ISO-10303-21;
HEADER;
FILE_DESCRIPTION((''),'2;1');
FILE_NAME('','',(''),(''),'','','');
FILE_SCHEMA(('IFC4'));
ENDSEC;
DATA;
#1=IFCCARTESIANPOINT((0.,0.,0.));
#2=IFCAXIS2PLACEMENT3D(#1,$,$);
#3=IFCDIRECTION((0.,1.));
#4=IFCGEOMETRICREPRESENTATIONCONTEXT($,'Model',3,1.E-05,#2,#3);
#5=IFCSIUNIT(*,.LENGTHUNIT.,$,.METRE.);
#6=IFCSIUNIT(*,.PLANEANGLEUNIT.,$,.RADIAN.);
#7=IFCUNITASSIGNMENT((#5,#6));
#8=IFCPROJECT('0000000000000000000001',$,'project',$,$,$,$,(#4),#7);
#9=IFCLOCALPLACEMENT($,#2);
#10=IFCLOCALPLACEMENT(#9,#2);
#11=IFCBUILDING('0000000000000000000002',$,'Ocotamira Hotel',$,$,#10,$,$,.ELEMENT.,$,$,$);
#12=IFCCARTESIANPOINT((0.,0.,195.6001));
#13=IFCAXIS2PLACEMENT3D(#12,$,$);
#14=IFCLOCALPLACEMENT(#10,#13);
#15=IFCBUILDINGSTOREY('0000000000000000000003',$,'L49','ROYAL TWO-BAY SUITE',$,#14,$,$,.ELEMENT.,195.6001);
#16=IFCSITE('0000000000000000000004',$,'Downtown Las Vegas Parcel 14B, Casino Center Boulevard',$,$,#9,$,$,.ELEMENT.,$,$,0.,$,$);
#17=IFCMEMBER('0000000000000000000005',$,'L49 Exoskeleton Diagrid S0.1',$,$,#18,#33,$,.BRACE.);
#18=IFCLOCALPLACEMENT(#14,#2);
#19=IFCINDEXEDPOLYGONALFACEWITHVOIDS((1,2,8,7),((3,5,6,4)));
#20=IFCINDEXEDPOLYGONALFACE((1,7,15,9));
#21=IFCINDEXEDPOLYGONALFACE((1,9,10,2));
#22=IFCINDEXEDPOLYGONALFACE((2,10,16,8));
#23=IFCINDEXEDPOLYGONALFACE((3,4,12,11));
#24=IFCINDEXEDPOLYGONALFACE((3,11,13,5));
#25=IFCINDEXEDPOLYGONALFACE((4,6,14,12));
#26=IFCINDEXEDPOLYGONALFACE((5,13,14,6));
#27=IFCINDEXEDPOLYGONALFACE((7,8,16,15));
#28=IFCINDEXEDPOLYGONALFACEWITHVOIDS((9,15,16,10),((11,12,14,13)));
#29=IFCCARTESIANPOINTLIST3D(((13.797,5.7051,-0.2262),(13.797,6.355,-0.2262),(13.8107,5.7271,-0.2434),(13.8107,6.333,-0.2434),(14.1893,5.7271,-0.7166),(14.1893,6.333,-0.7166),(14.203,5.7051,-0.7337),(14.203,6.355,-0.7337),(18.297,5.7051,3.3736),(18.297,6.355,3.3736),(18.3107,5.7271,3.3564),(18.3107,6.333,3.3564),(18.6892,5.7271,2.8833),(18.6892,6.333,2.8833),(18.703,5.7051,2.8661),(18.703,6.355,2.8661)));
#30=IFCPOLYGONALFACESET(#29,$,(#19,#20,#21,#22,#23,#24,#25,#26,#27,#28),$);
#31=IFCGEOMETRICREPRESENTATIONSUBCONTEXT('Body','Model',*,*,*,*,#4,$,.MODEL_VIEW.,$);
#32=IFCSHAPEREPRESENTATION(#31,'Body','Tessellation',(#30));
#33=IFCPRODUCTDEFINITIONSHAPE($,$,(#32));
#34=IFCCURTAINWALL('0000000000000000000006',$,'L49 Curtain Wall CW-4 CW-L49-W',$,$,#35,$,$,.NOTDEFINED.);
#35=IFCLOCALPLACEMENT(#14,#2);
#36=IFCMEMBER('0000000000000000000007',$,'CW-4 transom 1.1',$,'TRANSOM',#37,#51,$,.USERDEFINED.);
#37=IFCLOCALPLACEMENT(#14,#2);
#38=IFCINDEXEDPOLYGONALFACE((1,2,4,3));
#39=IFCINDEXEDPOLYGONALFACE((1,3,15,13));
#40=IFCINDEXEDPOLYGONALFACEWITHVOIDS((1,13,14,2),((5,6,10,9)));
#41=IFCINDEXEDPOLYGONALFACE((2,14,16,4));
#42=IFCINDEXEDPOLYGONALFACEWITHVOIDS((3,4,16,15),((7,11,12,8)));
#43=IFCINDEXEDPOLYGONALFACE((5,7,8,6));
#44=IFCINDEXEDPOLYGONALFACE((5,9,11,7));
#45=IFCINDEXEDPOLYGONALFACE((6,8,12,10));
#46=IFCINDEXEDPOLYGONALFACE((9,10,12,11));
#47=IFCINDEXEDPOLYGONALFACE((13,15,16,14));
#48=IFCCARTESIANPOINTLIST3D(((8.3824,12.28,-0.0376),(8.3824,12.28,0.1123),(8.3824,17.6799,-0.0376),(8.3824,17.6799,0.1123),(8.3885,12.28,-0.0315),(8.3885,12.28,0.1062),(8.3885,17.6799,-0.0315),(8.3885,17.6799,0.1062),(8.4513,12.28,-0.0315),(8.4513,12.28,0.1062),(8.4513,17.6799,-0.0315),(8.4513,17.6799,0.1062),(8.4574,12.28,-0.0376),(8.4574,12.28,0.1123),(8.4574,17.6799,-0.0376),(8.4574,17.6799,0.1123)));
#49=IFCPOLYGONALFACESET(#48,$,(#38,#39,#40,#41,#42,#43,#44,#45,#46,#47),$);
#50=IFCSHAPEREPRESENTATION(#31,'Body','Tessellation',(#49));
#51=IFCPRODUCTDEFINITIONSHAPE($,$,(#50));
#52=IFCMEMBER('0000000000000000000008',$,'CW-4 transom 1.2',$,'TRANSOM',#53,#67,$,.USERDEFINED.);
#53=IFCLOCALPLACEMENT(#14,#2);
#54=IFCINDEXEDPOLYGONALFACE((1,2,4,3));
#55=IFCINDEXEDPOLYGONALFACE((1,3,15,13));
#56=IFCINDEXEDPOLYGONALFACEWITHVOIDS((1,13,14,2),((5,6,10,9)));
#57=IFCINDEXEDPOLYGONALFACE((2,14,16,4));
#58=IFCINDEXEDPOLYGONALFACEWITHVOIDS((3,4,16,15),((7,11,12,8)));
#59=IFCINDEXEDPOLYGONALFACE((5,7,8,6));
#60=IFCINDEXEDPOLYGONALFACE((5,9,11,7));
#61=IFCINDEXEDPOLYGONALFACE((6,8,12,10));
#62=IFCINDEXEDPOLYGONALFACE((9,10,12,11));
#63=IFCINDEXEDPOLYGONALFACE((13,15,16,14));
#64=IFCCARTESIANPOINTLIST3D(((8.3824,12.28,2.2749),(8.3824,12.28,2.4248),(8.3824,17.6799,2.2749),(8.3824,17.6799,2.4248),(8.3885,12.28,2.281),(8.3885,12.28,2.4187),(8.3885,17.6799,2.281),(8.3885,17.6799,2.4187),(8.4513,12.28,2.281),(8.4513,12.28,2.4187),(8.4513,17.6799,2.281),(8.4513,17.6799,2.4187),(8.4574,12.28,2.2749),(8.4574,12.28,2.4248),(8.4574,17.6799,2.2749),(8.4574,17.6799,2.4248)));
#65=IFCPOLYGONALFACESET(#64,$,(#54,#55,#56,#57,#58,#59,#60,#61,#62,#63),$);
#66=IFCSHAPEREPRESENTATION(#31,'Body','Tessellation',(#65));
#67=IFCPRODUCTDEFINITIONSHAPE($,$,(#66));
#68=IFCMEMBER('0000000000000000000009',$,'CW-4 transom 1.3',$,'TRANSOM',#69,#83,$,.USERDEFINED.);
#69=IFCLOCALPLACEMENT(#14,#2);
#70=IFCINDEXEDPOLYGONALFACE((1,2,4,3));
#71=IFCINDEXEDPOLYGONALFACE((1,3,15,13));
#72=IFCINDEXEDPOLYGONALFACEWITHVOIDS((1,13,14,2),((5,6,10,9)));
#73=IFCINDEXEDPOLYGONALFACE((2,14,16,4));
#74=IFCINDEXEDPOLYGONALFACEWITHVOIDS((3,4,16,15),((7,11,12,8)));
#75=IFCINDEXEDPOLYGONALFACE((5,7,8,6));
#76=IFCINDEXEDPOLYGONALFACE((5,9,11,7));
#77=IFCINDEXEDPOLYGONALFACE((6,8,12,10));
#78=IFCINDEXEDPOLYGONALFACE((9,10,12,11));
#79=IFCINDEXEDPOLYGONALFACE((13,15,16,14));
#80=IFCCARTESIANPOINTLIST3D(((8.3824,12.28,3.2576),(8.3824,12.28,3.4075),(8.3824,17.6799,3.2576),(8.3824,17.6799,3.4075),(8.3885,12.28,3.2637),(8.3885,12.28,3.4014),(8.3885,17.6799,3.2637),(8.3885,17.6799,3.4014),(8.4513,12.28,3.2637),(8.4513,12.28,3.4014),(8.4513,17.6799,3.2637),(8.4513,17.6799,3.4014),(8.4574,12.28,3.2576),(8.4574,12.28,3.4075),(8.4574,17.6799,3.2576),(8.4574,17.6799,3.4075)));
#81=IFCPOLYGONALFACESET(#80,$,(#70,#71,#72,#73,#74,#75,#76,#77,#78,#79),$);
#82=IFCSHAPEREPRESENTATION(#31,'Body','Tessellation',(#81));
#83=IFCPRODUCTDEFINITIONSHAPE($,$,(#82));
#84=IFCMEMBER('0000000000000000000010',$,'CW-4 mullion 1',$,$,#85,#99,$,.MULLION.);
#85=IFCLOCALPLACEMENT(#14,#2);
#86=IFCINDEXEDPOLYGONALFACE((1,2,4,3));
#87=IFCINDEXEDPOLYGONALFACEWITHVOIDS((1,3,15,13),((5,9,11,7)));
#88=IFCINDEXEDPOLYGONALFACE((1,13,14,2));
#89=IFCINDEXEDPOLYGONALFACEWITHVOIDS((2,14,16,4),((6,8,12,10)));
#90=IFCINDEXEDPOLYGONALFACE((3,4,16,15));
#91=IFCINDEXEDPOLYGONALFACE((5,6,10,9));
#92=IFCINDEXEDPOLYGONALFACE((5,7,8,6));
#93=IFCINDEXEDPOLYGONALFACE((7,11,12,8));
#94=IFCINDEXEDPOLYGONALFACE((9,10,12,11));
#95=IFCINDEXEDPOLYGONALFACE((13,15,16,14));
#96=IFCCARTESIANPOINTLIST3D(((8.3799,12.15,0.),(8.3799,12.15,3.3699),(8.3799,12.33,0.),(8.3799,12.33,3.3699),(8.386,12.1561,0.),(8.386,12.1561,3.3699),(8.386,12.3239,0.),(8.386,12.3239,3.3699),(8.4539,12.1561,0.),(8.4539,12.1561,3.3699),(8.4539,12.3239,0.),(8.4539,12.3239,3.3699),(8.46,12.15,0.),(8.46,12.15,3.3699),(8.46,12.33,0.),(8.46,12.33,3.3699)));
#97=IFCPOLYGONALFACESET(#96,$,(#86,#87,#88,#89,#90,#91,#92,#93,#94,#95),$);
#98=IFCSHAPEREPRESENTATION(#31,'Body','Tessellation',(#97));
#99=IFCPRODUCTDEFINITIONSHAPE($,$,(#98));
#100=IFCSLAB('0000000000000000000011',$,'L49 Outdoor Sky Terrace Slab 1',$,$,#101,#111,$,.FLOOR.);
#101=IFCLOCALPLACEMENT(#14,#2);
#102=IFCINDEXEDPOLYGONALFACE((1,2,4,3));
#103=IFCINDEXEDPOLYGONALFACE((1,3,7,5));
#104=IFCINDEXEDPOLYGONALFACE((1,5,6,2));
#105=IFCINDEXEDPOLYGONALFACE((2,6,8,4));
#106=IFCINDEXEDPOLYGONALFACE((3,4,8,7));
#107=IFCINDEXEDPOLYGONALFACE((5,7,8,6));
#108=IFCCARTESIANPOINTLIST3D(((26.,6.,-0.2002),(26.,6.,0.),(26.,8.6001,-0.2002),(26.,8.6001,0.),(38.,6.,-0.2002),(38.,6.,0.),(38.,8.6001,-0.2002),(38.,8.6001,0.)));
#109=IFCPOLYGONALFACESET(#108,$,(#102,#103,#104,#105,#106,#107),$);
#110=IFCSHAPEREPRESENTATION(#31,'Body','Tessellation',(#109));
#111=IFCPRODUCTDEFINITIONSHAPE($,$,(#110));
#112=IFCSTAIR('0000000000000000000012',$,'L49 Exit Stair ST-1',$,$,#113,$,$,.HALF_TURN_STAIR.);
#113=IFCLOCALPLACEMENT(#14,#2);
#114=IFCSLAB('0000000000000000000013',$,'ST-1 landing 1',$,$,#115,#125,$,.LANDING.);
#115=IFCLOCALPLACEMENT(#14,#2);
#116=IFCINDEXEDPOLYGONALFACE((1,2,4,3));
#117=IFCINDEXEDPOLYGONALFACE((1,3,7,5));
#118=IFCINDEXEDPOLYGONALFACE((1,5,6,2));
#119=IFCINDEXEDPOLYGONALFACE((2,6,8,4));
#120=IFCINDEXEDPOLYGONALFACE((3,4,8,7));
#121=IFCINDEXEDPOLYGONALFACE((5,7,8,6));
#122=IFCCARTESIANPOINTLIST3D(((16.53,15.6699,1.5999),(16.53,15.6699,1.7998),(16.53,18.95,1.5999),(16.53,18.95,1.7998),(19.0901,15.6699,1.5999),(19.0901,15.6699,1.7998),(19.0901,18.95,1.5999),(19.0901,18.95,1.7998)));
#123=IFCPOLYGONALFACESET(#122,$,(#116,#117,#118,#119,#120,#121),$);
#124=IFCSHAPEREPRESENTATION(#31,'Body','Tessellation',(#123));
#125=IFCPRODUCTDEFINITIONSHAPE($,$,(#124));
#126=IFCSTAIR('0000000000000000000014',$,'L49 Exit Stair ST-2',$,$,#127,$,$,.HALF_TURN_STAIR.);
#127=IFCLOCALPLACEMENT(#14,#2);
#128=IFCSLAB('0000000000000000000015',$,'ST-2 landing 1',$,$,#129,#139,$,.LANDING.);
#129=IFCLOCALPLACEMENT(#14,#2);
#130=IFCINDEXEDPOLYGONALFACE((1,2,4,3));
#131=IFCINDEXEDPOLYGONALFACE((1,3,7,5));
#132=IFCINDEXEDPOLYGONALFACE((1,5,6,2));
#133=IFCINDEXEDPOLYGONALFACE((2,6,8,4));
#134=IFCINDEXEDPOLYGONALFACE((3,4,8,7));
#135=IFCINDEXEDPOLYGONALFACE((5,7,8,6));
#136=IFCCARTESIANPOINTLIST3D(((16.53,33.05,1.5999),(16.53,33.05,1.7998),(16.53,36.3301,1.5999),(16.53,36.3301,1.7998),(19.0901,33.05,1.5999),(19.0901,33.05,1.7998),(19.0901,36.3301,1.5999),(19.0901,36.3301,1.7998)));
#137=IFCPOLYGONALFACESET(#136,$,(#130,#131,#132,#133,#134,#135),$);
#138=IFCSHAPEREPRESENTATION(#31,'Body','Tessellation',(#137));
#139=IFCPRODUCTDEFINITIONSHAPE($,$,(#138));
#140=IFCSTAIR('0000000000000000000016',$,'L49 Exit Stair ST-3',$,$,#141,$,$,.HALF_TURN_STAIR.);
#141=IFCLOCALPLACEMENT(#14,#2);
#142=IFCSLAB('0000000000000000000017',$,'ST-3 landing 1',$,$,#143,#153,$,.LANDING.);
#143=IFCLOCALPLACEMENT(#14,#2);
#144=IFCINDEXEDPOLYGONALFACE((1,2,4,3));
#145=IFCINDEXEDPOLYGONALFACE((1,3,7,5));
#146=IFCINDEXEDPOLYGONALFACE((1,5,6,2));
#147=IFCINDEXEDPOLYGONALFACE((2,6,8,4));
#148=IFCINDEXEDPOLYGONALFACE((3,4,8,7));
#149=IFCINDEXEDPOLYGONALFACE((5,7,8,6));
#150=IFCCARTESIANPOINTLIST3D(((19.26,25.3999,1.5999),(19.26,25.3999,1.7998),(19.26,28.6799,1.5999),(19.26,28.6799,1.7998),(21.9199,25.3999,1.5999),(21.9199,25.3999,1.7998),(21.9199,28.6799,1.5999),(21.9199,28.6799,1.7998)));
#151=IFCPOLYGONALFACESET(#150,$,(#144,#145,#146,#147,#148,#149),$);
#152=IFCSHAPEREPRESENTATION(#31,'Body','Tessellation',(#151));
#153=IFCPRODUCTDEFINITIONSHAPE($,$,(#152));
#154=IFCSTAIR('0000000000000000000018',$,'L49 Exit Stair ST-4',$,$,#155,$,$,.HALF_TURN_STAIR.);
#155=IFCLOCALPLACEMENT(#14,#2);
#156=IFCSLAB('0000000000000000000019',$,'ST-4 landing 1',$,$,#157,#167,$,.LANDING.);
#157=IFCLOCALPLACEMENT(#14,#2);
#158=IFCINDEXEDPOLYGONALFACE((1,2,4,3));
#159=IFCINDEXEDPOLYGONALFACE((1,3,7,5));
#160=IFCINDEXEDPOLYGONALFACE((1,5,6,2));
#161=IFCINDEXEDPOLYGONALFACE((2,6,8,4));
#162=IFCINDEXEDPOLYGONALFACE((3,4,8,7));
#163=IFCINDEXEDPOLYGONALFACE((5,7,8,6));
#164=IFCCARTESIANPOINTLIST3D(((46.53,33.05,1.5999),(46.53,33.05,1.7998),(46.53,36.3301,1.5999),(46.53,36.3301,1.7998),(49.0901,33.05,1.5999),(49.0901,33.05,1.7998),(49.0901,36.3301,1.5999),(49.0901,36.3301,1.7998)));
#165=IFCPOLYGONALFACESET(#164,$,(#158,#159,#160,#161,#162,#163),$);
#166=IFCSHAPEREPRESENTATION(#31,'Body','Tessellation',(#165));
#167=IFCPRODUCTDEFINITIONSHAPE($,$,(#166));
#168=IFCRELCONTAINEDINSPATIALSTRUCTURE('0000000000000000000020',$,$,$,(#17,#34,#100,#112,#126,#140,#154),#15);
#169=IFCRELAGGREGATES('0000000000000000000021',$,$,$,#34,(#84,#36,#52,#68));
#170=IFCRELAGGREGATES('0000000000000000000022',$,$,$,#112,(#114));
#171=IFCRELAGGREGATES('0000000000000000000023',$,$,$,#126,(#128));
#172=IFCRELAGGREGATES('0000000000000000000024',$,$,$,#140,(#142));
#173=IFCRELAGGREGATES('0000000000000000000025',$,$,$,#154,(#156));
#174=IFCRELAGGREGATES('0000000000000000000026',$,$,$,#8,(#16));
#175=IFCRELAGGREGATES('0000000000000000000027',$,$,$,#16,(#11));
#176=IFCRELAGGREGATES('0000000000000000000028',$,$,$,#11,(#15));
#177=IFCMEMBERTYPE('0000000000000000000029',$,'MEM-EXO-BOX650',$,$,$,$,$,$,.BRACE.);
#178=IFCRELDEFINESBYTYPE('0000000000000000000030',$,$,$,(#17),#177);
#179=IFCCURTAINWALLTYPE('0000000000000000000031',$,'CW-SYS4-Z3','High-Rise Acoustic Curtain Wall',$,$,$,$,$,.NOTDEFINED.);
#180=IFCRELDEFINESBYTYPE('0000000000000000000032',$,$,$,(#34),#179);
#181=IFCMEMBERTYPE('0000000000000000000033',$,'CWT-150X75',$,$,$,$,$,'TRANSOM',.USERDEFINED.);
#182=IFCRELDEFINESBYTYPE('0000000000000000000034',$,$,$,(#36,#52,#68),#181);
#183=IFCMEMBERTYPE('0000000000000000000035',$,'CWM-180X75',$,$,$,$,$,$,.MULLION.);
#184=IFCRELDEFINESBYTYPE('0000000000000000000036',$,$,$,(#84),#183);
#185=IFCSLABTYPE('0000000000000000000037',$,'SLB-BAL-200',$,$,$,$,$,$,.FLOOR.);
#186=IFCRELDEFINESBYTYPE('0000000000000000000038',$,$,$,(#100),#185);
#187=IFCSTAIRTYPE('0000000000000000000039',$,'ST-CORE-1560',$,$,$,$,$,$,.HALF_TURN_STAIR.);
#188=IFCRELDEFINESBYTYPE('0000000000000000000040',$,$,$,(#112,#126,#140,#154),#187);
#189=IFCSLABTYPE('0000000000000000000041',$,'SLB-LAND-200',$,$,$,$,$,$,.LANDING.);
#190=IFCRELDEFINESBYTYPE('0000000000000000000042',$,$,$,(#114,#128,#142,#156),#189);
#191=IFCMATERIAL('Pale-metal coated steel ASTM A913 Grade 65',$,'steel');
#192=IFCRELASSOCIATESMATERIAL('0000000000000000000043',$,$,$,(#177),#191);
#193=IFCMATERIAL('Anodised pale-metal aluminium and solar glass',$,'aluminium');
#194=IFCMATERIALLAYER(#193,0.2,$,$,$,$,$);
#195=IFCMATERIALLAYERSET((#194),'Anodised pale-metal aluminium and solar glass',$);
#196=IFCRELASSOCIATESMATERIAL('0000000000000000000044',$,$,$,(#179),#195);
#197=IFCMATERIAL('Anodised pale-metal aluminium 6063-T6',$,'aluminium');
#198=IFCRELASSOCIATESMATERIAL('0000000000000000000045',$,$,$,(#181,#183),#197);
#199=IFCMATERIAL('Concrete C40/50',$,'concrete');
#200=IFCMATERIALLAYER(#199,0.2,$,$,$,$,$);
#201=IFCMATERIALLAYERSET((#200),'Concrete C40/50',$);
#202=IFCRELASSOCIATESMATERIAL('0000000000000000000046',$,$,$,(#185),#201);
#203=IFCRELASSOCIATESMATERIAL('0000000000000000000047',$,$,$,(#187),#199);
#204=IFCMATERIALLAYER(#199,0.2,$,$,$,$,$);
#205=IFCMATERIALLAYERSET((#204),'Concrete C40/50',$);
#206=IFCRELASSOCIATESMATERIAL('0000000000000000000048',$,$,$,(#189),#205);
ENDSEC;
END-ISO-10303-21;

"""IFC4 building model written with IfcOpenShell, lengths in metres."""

from ifc_helpers import new_model, si_unit, direction, frame, origin, origin_2d, place, context, subcontext, project, spatial, polyline, hollow_rectangle, outline, extrude, source, transform, mapped, material, layer, layer_set, material_profile, profile_set, type_object, element, aggregate, save


model = new_model("IFC4")

# Units and contexts
model_context = context("Model", 3, precision=1e-05, world=origin(), true_north=direction((0.0, 1.0)))
body_context = subcontext(model_context, "Body", "Model", "MODEL_VIEW")
ifc_project = project(units=[si_unit("LENGTHUNIT", "METRE"), si_unit("PLANEANGLEUNIT", "RADIAN")], contexts=[model_context])

# Site, building, storey
site_placement = place(None, origin())
site = spatial("IfcSite", under=ifc_project, at=site_placement, Name="Downtown Las Vegas Parcel 14B, Casino Center Boulevard", CompositionType="ELEMENT", RefElevation=0.0)
building_placement = place(site_placement, origin())
building = spatial("IfcBuilding", under=site, at=building_placement, Name="Ocotamira Hotel", CompositionType="ELEMENT")
storey_placement = place(building_placement, frame((0.0, 0.0, 195.6001)))
storey = spatial("IfcBuildingStorey", under=building, at=storey_placement, Name="L49", Description="ROYAL TWO-BAY SUITE", CompositionType="ELEMENT", Elevation=195.6001)

# Member
ifc_material_1 = material(Name="Pale-metal coated steel ASTM A913 Grade 65", Category="steel")
ifc_material_profile_1 = material_profile(ifc_material_1, hollow_rectangle(XDim=0.6499, YDim=0.6499, WallThickness=0.022, at=origin_2d()), Name="BOX650X650X22")
ifc_profile_set_1 = profile_set([ifc_material_profile_1], Name="Pale-metal coated steel ASTM A913 Grade 65")
member_type_1 = type_object("IfcMemberType", Name="MEM-EXO-BOX650", PredefinedType="BRACE", material=ifc_profile_set_1)
shared_shape_1 = source(origin(), body_context, "Body", "SweptSolid", [
    extrude(hollow_rectangle(XDim=0.6499, YDim=0.6499, WallThickness=0.022, at=origin_2d()), origin(), (0.0, 0.0, 1.0), 5.7627),
])
member_1_placement = place(storey_placement, frame((14.0, 6.03, -0.48), z_axis=(0.780881, 0.0, 0.62468), x_axis=(0.0, 1.0, 0.0)))
element("IfcMember", 1, at=member_1_placement, inside=storey, type_object=member_type_1, Name="L49 Exoskeleton Diagrid S0.1", PredefinedType="BRACE", context=body_context, shape_type="MappedRepresentation", body=[
    mapped(shared_shape_1, transform((0.0, 0.0, 0.0), scale=1.0)),
])

# Curtain wall, members
ifc_material_2 = material(Name="Anodised pale-metal aluminium and solar glass", Category="aluminium")
ifc_layer_1 = layer(ifc_material_2, 0.2)
ifc_layer_set_1 = layer_set([ifc_layer_1], Name="Anodised pale-metal aluminium and solar glass")
curtain_wall_type = type_object("IfcCurtainWallType", Name="CW-SYS4-Z3", Description="High-Rise Acoustic Curtain Wall", PredefinedType="NOTDEFINED", material=ifc_layer_set_1)
curtain_wall_placement = place(storey_placement, origin())
curtain_wall = element("IfcCurtainWall", 2, at=curtain_wall_placement, inside=storey, type_object=curtain_wall_type, Name="L49 Curtain Wall CW-4 CW-L49-W", PredefinedType="NOTDEFINED")
ifc_material_3 = material(Name="Anodised pale-metal aluminium 6063-T6", Category="aluminium")
ifc_material_profile_2 = material_profile(ifc_material_3, hollow_rectangle(XDim=0.075, YDim=0.1499, WallThickness=0.0061, at=origin_2d()), Name="HSS150X75X6")
ifc_profile_set_2 = profile_set([ifc_material_profile_2], Name="Anodised pale-metal aluminium 6063-T6")
member_type_2 = type_object("IfcMemberType", Name="CWT-150X75", ElementType="TRANSOM", PredefinedType="USERDEFINED", material=ifc_profile_set_2)
shared_shape_2 = source(origin(), body_context, "Body", "SweptSolid", [
    extrude(hollow_rectangle(XDim=0.075, YDim=0.1499, WallThickness=0.0061, at=origin_2d()), origin(), (0.0, 0.0, 1.0), 5.3999),
])
member_2_placement = place(storey_placement, frame((8.4199, 12.28, 0.0374), z_axis=(0.0, 1.0, 0.0), x_axis=(-1.0, 0.0, 0.0)))
member_2 = element("IfcMember", 3, at=member_2_placement, type_object=member_type_2, Name="CW-4 transom 1.1", ObjectType="TRANSOM", PredefinedType="USERDEFINED", context=body_context, shape_type="MappedRepresentation", body=[
    mapped(shared_shape_2, transform((0.0, 0.0, 0.0), scale=1.0)),
])
member_3_placement = place(storey_placement, frame((8.4199, 12.28, 2.3499), z_axis=(0.0, 1.0, 0.0), x_axis=(-1.0, 0.0, 0.0)))
member_3 = element("IfcMember", 4, at=member_3_placement, type_object=member_type_2, Name="CW-4 transom 1.2", ObjectType="TRANSOM", PredefinedType="USERDEFINED", context=body_context, shape_type="MappedRepresentation", body=[
    mapped(shared_shape_2, transform((0.0, 0.0, 0.0), scale=1.0)),
])
member_4_placement = place(storey_placement, frame((8.4199, 12.28, 3.3325), z_axis=(0.0, 1.0, 0.0), x_axis=(-1.0, 0.0, 0.0)))
member_4 = element("IfcMember", 5, at=member_4_placement, type_object=member_type_2, Name="CW-4 transom 1.3", ObjectType="TRANSOM", PredefinedType="USERDEFINED", context=body_context, shape_type="MappedRepresentation", body=[
    mapped(shared_shape_2, transform((0.0, 0.0, 0.0), scale=1.0)),
])
ifc_material_profile_3 = material_profile(ifc_material_3, hollow_rectangle(XDim=0.0801, YDim=0.1799, WallThickness=0.0061, at=origin_2d()), Name="HSS180X80X6")
ifc_profile_set_3 = profile_set([ifc_material_profile_3], Name="Anodised pale-metal aluminium 6063-T6")
member_type_3 = type_object("IfcMemberType", Name="CWM-180X75", PredefinedType="MULLION", material=ifc_profile_set_3)
shared_shape_3 = source(origin(), body_context, "Body", "SweptSolid", [
    extrude(hollow_rectangle(XDim=0.0801, YDim=0.1799, WallThickness=0.0061, at=origin_2d()), origin(), (0.0, 0.0, 1.0), 3.3699),
])
member_5_placement = place(storey_placement, frame((8.4199, 12.24, 0.0), z_axis=(0.0, 0.0, 1.0), x_axis=(-1.0, 0.0, 0.0)))
member_5 = element("IfcMember", 6, at=member_5_placement, type_object=member_type_3, Name="CW-4 mullion 1", PredefinedType="MULLION", context=body_context, shape_type="MappedRepresentation", body=[
    mapped(shared_shape_3, transform((0.0, 0.0, 0.0), scale=1.0)),
])
aggregate(curtain_wall, [member_5, member_2, member_3, member_4])

# Slab
ifc_material_4 = material(Name="Concrete C40/50", Category="concrete")
ifc_layer_2 = layer(ifc_material_4, 0.2)
ifc_layer_set_2 = layer_set([ifc_layer_2], Name="Concrete C40/50")
slab_type_1 = type_object("IfcSlabType", Name="SLB-BAL-200", PredefinedType="FLOOR", material=ifc_layer_set_2)
slab_1_placement = place(storey_placement, frame((0.0, 0.0, -0.2002)))
element("IfcSlab", 7, at=slab_1_placement, inside=storey, type_object=slab_type_1, Name="L49 Outdoor Sky Terrace Slab 1", PredefinedType="FLOOR", context=body_context, shape_type="SweptSolid", body=[
    extrude(outline(polyline([(26.0, 6.0), (38.0, 6.0), (38.0, 8.6001), (26.0, 8.6001), (26.0, 6.0)])), origin(), (0.0, 0.0, 1.0), 0.2002),
])

# Stairs, slabs
stair_type = type_object("IfcStairType", Name="ST-CORE-1560", PredefinedType="HALF_TURN_STAIR", material=ifc_material_4)
stair_1_placement = place(storey_placement, origin())
stair_1 = element("IfcStair", 8, at=stair_1_placement, inside=storey, type_object=stair_type, Name="L49 Exit Stair ST-1", PredefinedType="HALF_TURN_STAIR")
ifc_layer_3 = layer(ifc_material_4, 0.2)
ifc_layer_set_3 = layer_set([ifc_layer_3], Name="Concrete C40/50")
slab_type_2 = type_object("IfcSlabType", Name="SLB-LAND-200", PredefinedType="LANDING", material=ifc_layer_set_3)
slab_2_placement = place(storey_placement, frame((0.0, 0.0, 1.5999)))
slab_2 = element("IfcSlab", 9, at=slab_2_placement, type_object=slab_type_2, Name="ST-1 landing 1", PredefinedType="LANDING", context=body_context, shape_type="SweptSolid", body=[
    extrude(outline(polyline([(16.53, 15.6699), (19.0901, 15.6699), (19.0901, 18.95), (16.53, 18.95), (16.53, 15.6699)])), origin(), (0.0, 0.0, 1.0), 0.2),
])
aggregate(stair_1, [slab_2])
stair_2_placement = place(storey_placement, origin())
stair_2 = element("IfcStair", 10, at=stair_2_placement, inside=storey, type_object=stair_type, Name="L49 Exit Stair ST-2", PredefinedType="HALF_TURN_STAIR")
slab_3_placement = place(storey_placement, frame((0.0, 0.0, 1.5999)))
slab_3 = element("IfcSlab", 11, at=slab_3_placement, type_object=slab_type_2, Name="ST-2 landing 1", PredefinedType="LANDING", context=body_context, shape_type="SweptSolid", body=[
    extrude(outline(polyline([(16.53, 33.05), (19.0901, 33.05), (19.0901, 36.3301), (16.53, 36.3301), (16.53, 33.05)])), origin(), (0.0, 0.0, 1.0), 0.2),
])
aggregate(stair_2, [slab_3])
stair_3_placement = place(storey_placement, origin())
stair_3 = element("IfcStair", 12, at=stair_3_placement, inside=storey, type_object=stair_type, Name="L49 Exit Stair ST-3", PredefinedType="HALF_TURN_STAIR")
slab_4_placement = place(storey_placement, frame((0.0, 0.0, 1.5999)))
slab_4 = element("IfcSlab", 13, at=slab_4_placement, type_object=slab_type_2, Name="ST-3 landing 1", PredefinedType="LANDING", context=body_context, shape_type="SweptSolid", body=[
    extrude(outline(polyline([(19.26, 25.3999), (21.9199, 25.3999), (21.9199, 28.6799), (19.26, 28.6799), (19.26, 25.3999)])), origin(), (0.0, 0.0, 1.0), 0.2),
])
aggregate(stair_3, [slab_4])
stair_4_placement = place(storey_placement, origin())
stair_4 = element("IfcStair", 14, at=stair_4_placement, inside=storey, type_object=stair_type, Name="L49 Exit Stair ST-4", PredefinedType="HALF_TURN_STAIR")
slab_5_placement = place(storey_placement, frame((0.0, 0.0, 1.5999)))
slab_5 = element("IfcSlab", 15, at=slab_5_placement, type_object=slab_type_2, Name="ST-4 landing 1", PredefinedType="LANDING", context=body_context, shape_type="SweptSolid", body=[
    extrude(outline(polyline([(46.53, 33.05), (49.0901, 33.05), (49.0901, 36.3301), (46.53, 36.3301), (46.53, 33.05)])), origin(), (0.0, 0.0, 1.0), 0.2),
])
aggregate(stair_4, [slab_5])

save(model, "model.ifc")
